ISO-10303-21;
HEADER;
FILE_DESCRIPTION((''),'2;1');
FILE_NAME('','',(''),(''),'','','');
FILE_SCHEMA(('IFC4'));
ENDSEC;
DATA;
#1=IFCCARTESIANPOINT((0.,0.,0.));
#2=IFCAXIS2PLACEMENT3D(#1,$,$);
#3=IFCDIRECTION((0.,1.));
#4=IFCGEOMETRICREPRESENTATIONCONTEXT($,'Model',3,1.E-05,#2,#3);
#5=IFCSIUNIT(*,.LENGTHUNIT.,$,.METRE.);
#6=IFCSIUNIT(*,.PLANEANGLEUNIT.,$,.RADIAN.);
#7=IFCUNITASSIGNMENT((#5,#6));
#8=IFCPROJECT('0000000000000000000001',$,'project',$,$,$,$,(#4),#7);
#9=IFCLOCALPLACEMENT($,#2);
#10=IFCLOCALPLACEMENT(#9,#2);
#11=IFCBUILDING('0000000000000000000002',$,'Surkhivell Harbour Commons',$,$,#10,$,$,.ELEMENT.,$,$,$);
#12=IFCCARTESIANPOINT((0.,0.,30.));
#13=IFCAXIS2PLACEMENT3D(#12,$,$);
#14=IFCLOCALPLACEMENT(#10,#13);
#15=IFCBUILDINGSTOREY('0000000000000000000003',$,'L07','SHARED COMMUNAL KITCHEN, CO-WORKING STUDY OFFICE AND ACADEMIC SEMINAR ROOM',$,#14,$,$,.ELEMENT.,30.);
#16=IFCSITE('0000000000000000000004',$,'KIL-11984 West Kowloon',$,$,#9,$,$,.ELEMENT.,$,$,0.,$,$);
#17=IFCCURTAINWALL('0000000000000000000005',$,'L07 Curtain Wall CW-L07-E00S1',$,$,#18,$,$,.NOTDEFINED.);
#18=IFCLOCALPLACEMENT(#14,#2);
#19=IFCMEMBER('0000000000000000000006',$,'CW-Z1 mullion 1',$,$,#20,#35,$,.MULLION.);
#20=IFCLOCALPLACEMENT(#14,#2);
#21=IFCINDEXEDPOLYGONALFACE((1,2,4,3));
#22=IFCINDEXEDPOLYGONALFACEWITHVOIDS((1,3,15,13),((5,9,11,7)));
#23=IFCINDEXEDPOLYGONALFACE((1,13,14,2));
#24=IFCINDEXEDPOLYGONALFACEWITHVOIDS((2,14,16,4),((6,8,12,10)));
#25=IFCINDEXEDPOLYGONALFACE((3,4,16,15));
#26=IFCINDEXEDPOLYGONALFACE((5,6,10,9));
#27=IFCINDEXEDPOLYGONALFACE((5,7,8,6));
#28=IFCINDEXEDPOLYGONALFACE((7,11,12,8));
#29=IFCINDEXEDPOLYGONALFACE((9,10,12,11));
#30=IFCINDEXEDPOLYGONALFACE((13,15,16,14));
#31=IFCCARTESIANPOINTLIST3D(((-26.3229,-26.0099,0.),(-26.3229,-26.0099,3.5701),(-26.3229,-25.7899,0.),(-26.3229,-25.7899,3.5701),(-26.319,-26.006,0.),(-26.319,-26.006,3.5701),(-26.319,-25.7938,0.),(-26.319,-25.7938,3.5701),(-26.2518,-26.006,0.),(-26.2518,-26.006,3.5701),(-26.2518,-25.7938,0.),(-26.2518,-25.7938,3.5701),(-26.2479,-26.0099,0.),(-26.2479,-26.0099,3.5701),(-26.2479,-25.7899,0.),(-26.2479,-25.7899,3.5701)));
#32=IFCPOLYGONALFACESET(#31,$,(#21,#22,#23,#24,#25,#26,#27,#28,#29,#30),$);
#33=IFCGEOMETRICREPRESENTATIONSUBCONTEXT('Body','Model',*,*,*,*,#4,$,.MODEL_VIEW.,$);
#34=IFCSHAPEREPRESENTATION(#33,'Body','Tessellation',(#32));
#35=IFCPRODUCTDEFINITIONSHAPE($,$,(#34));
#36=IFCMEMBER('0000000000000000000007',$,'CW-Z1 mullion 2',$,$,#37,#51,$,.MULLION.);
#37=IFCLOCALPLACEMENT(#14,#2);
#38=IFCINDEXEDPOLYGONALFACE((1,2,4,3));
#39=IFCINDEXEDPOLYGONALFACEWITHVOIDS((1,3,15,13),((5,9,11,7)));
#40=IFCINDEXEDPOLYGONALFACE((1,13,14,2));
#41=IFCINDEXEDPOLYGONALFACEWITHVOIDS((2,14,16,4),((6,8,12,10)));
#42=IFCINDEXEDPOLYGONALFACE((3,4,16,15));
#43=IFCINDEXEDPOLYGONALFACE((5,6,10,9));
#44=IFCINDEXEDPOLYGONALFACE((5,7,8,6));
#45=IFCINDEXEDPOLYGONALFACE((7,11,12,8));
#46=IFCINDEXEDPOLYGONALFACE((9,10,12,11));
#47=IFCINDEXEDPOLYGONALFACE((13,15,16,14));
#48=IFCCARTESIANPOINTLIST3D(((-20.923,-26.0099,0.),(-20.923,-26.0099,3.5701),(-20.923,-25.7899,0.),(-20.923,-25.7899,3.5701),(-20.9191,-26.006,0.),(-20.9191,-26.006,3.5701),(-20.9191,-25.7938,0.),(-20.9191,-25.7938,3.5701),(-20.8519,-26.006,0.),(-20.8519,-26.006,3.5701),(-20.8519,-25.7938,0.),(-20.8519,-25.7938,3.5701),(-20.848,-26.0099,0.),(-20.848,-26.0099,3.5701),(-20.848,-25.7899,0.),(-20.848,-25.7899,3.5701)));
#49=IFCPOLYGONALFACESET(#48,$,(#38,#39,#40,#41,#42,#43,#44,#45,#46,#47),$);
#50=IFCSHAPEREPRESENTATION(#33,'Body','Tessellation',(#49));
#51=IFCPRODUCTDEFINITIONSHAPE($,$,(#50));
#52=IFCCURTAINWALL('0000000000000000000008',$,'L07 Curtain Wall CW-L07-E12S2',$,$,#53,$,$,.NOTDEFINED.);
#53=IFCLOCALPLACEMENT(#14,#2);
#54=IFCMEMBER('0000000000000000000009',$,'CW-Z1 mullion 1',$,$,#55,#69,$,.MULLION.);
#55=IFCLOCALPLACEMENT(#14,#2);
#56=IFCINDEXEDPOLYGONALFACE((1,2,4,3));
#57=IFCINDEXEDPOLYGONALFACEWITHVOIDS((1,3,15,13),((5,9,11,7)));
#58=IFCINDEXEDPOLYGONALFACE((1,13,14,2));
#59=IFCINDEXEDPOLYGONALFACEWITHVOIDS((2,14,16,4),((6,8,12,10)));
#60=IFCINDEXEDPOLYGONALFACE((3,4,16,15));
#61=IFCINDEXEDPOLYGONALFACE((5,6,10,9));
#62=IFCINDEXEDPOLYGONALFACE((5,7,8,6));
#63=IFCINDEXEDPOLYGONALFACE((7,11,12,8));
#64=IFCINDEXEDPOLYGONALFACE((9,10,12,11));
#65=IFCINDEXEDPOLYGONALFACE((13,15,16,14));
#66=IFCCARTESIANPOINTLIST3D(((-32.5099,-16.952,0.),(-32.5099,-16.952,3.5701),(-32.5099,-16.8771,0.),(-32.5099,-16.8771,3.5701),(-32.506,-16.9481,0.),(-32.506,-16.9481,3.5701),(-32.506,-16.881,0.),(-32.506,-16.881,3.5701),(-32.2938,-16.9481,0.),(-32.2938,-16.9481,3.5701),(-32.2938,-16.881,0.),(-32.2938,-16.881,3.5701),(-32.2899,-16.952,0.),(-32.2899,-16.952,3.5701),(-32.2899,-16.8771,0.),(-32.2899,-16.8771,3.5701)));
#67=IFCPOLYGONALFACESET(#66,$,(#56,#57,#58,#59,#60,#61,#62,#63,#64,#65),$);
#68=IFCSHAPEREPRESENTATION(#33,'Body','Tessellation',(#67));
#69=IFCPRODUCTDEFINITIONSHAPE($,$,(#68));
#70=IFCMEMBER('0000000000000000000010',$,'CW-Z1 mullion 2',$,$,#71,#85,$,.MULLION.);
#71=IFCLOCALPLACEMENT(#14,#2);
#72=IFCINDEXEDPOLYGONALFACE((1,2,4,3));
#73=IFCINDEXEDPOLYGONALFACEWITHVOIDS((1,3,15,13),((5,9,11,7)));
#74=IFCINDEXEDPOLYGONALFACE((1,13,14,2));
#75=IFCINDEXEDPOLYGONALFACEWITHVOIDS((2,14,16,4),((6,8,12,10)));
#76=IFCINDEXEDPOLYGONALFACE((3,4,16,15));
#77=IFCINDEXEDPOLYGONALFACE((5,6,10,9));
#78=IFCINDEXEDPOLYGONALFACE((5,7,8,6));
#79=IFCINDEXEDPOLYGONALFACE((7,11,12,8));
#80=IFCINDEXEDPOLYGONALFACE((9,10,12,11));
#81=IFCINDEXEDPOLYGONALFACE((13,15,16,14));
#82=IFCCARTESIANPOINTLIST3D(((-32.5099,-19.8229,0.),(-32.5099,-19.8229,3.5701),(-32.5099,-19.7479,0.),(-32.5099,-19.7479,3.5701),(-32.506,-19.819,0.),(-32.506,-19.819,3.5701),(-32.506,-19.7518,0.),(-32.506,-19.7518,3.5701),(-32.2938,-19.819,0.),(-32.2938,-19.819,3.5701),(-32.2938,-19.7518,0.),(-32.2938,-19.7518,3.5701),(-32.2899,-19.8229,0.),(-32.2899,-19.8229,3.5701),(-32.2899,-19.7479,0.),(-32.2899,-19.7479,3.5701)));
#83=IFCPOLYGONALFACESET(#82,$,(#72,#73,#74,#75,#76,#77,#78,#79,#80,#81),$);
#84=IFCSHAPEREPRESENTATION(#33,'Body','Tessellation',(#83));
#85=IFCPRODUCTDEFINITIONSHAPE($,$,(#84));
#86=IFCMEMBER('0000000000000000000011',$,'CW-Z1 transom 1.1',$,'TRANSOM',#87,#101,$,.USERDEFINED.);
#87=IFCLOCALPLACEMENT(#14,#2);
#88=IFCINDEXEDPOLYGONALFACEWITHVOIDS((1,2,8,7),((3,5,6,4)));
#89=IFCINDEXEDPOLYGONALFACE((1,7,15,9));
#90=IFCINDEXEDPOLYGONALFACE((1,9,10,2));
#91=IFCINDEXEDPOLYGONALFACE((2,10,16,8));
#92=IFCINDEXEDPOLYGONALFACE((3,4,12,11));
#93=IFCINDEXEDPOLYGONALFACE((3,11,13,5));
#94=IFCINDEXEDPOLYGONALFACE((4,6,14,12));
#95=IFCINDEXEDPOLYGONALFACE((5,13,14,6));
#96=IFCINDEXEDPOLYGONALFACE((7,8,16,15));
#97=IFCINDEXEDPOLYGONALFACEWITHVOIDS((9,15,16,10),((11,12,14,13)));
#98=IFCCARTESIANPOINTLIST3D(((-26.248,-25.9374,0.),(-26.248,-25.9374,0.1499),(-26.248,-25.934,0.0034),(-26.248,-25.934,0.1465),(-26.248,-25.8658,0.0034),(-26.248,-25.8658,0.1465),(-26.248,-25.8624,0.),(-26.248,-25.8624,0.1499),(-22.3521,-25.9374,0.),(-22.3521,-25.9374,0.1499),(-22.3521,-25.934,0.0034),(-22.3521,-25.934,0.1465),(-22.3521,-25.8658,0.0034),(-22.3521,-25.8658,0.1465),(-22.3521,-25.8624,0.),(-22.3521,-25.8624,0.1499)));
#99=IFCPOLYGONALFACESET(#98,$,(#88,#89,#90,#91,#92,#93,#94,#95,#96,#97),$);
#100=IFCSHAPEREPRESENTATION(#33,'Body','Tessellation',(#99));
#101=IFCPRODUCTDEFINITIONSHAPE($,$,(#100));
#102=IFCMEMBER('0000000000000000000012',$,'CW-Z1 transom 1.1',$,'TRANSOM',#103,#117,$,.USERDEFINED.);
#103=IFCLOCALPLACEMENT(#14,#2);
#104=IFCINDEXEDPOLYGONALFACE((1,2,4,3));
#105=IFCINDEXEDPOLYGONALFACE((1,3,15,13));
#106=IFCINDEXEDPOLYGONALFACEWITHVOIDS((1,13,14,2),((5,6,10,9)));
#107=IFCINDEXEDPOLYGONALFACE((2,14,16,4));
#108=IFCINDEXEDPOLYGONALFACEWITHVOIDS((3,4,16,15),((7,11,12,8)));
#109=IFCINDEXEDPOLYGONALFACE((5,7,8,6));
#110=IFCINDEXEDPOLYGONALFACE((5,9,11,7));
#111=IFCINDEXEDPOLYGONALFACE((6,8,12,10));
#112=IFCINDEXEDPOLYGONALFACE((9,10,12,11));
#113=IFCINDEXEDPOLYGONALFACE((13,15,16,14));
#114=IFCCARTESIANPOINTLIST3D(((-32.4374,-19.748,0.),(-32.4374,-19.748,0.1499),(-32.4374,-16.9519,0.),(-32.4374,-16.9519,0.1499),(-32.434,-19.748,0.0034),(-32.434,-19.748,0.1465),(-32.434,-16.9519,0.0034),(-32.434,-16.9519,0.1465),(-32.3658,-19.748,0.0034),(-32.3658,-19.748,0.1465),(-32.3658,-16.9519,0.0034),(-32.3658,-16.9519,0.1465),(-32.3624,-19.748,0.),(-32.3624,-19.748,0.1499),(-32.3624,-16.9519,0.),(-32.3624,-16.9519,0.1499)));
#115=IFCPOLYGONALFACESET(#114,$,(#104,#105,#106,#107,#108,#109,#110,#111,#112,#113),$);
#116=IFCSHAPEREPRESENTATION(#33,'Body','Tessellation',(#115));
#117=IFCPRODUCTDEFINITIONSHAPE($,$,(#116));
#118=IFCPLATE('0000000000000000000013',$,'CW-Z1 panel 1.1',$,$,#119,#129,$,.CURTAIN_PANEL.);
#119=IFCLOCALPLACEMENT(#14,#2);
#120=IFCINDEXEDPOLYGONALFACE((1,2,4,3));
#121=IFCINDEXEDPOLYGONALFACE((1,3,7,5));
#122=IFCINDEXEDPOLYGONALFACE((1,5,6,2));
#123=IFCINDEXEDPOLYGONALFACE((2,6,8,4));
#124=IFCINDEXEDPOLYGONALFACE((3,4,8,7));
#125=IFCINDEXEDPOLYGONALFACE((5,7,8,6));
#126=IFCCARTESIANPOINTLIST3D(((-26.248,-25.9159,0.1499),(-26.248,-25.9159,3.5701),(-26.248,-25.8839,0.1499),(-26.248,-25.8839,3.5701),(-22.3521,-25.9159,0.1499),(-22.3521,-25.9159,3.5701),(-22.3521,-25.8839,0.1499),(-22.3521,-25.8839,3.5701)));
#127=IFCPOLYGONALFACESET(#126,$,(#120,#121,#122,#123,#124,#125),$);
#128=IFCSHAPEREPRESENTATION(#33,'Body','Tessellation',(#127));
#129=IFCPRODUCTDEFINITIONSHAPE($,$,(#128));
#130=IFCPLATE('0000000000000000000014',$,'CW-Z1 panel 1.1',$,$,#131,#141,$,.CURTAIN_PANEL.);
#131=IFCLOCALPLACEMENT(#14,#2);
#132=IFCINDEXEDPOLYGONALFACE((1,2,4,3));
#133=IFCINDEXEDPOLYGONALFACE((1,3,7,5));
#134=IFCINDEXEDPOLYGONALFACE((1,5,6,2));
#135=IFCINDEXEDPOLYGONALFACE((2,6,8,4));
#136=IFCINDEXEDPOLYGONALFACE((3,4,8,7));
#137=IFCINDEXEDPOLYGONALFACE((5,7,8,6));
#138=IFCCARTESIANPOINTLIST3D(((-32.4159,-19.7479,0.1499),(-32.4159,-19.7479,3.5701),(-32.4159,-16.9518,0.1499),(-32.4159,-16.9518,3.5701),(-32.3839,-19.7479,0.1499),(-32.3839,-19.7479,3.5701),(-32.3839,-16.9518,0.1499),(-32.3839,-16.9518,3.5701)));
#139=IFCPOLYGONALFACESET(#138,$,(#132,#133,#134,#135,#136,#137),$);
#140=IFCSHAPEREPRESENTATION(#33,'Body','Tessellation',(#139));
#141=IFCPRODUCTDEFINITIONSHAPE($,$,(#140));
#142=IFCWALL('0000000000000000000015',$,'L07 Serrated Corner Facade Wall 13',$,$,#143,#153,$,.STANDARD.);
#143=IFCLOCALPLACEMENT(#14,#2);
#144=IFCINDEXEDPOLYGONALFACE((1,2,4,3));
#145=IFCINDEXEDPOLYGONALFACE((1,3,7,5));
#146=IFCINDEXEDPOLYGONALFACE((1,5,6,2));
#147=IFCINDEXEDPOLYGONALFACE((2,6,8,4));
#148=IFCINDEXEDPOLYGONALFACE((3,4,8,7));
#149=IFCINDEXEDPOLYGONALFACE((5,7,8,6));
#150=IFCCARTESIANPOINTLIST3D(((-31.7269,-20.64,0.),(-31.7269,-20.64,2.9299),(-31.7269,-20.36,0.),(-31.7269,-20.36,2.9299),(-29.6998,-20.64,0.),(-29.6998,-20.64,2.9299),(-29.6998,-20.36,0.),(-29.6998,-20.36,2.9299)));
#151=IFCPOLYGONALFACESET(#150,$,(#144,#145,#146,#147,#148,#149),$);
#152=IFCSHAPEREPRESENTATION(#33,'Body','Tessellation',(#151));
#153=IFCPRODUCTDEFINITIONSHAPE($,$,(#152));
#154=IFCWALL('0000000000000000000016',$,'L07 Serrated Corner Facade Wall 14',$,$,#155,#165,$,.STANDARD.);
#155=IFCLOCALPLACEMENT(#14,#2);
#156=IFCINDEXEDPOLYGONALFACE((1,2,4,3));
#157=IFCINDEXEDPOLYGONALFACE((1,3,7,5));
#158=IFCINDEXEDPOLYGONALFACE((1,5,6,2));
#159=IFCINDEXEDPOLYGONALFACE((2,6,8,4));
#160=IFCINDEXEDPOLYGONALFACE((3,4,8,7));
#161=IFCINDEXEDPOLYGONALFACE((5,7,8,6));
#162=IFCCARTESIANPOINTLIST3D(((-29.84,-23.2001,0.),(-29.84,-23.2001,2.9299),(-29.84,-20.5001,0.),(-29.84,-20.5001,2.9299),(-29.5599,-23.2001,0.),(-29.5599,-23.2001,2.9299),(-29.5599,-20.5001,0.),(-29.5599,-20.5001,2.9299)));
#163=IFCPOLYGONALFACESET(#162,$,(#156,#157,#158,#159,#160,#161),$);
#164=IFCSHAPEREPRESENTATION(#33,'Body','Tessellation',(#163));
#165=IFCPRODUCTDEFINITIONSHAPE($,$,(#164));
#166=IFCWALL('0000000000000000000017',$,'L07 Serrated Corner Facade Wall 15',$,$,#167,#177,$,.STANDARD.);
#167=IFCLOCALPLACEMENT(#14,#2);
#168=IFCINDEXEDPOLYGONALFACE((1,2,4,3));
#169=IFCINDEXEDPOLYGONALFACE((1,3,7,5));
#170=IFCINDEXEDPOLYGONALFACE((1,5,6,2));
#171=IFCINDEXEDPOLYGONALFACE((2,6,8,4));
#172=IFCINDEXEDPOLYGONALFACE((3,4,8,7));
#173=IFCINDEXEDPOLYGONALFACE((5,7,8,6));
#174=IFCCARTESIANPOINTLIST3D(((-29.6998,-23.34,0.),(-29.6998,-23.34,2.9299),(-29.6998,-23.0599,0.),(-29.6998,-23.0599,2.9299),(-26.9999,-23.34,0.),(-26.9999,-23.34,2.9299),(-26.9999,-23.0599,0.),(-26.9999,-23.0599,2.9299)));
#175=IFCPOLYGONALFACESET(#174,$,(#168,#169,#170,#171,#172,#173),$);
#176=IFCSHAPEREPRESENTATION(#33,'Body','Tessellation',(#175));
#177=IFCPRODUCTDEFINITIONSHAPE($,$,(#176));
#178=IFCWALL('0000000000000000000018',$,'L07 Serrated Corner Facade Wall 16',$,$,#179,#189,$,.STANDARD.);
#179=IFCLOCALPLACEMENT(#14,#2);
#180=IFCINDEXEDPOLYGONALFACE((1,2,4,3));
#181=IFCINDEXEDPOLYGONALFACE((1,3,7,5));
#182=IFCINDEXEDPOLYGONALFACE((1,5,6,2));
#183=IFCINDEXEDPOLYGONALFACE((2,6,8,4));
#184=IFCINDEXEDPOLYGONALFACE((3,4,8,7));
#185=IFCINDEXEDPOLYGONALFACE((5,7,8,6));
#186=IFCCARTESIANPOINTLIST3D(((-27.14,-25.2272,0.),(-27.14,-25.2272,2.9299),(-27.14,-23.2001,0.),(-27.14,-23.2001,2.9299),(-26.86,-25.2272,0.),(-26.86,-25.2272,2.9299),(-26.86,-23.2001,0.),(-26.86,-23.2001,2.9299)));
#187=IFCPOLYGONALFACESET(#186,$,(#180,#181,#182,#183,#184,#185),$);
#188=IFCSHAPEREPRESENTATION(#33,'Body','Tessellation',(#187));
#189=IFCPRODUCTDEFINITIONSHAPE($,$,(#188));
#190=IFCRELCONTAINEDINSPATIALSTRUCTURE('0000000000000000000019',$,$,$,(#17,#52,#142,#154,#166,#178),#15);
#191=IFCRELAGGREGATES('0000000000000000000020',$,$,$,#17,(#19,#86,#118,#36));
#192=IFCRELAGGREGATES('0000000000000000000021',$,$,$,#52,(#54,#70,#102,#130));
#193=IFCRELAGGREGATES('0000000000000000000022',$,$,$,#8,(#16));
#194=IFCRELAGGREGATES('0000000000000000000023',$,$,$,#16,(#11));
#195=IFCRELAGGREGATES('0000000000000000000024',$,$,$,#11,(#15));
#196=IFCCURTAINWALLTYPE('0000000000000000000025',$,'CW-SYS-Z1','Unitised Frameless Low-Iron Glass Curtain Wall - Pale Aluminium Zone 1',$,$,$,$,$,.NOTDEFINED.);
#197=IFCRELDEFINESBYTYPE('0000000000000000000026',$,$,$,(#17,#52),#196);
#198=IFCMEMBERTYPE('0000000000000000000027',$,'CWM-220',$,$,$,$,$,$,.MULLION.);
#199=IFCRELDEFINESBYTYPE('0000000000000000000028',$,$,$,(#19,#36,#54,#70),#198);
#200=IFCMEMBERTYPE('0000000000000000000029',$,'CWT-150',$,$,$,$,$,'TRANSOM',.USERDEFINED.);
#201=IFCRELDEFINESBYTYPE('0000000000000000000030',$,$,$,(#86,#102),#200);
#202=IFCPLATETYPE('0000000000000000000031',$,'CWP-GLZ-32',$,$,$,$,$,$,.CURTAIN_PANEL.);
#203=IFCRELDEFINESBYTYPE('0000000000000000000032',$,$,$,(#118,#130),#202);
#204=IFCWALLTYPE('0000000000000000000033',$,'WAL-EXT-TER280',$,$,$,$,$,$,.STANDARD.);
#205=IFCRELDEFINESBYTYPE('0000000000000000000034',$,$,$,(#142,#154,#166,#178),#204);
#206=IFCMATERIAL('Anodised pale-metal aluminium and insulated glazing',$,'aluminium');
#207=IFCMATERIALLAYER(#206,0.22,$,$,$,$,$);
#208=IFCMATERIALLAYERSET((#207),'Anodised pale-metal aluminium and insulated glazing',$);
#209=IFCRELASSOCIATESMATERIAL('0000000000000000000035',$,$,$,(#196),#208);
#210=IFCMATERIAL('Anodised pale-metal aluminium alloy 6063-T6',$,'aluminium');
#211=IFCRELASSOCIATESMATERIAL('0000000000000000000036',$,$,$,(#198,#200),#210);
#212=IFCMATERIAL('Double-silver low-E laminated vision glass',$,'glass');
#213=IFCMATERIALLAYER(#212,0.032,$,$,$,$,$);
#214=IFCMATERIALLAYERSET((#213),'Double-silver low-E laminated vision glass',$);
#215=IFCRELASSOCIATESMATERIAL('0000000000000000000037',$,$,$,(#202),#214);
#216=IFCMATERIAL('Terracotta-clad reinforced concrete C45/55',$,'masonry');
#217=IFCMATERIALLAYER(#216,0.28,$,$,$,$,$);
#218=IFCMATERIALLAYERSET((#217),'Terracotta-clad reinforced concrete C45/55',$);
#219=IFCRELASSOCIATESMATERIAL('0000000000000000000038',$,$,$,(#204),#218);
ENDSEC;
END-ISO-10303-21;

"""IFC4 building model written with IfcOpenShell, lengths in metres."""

from ifc_helpers import new_model, si_unit, direction, frame, frame_2d, origin, origin_2d, place, context, subcontext, project, spatial, rectangle, hollow_rectangle, extrude, material, layer, layer_set, material_profile, profile_set, type_object, element, aggregate, save


model = new_model("IFC4")

# Units and contexts
model_context = context("Model", 3, precision=1e-05, world=origin(), true_north=direction((0.0, 1.0)))
body_context = subcontext(model_context, "Body", "Model", "MODEL_VIEW")
ifc_project = project(units=[si_unit("LENGTHUNIT", "METRE"), si_unit("PLANEANGLEUNIT", "RADIAN")], contexts=[model_context])

# Site, building, storey
site_placement = place(None, origin())
site = spatial("IfcSite", under=ifc_project, at=site_placement, Name="KIL-11984 West Kowloon", CompositionType="ELEMENT", RefElevation=0.0)
building_placement = place(site_placement, origin())
building = spatial("IfcBuilding", under=site, at=building_placement, Name="Surkhivell Harbour Commons", CompositionType="ELEMENT")
storey_placement = place(building_placement, frame((0.0, 0.0, 30.0)))
storey = spatial("IfcBuildingStorey", under=building, at=storey_placement, Name="L07", Description="SHARED COMMUNAL KITCHEN, CO-WORKING STUDY OFFICE AND ACADEMIC SEMINAR ROOM", CompositionType="ELEMENT", Elevation=30.0)

# Curtain walls, members
ifc_material_1 = material(Name="Anodised pale-metal aluminium and insulated glazing", Category="aluminium")
ifc_layer_1 = layer(ifc_material_1, 0.22)
ifc_layer_set_1 = layer_set([ifc_layer_1], Name="Anodised pale-metal aluminium and insulated glazing")
curtain_wall_type = type_object("IfcCurtainWallType", Name="CW-SYS-Z1", Description="Unitised Frameless Low-Iron Glass Curtain Wall - Pale Aluminium Zone 1", PredefinedType="NOTDEFINED", material=ifc_layer_set_1)
curtain_wall_1_placement = place(storey_placement, origin())
curtain_wall_1 = element("IfcCurtainWall", 1, at=curtain_wall_1_placement, inside=storey, type_object=curtain_wall_type, Name="L07 Curtain Wall CW-L07-E00S1", PredefinedType="NOTDEFINED")
ifc_material_2 = material(Name="Anodised pale-metal aluminium alloy 6063-T6", Category="aluminium")
ifc_material_profile_1 = material_profile(ifc_material_2, hollow_rectangle(XDim=0.075, YDim=0.22, WallThickness=0.0039, at=origin_2d()), Name="ALU-MULL-75x220")
ifc_profile_set_1 = profile_set([ifc_material_profile_1], Name="Anodised pale-metal aluminium alloy 6063-T6")
member_type_1 = type_object("IfcMemberType", Name="CWM-220", PredefinedType="MULLION", material=ifc_profile_set_1)
member_1_placement = place(storey_placement, frame((-26.2854, -25.8999, 0.0), z_axis=(0.0, 0.0, 1.0), x_axis=(1.0, 0.0, 0.0)))
member_1 = element("IfcMember", 2, at=member_1_placement, type_object=member_type_1, Name="CW-Z1 mullion 1", PredefinedType="MULLION", context=body_context, shape_type="SweptSolid", body=[
    extrude(hollow_rectangle(XDim=0.075, YDim=0.22, WallThickness=0.0039, at=origin_2d()), origin(), (0.0, 0.0, 1.0), 3.5701),
])
member_2_placement = place(storey_placement, frame((-20.8855, -25.8999, 0.0), z_axis=(0.0, 0.0, 1.0), x_axis=(1.0, 0.0, 0.0)))
member_2 = element("IfcMember", 3, at=member_2_placement, type_object=member_type_1, Name="CW-Z1 mullion 2", PredefinedType="MULLION", context=body_context, shape_type="SweptSolid", body=[
    extrude(hollow_rectangle(XDim=0.075, YDim=0.22, WallThickness=0.0039, at=origin_2d()), origin(), (0.0, 0.0, 1.0), 3.5701),
])
curtain_wall_2_placement = place(storey_placement, origin())
curtain_wall_2 = element("IfcCurtainWall", 4, at=curtain_wall_2_placement, inside=storey, type_object=curtain_wall_type, Name="L07 Curtain Wall CW-L07-E12S2", PredefinedType="NOTDEFINED")
member_3_placement = place(storey_placement, frame((-32.3999, -16.9146, 0.0), z_axis=(0.0, 0.0, 1.0), x_axis=(0.0, -1.0, 0.0)))
member_3 = element("IfcMember", 5, at=member_3_placement, type_object=member_type_1, Name="CW-Z1 mullion 1", PredefinedType="MULLION", context=body_context, shape_type="SweptSolid", body=[
    extrude(hollow_rectangle(XDim=0.075, YDim=0.22, WallThickness=0.0039, at=origin_2d()), origin(), (0.0, 0.0, 1.0), 3.5701),
])
member_4_placement = place(storey_placement, frame((-32.3999, -19.7854, 0.0), z_axis=(0.0, 0.0, 1.0), x_axis=(0.0, -1.0, 0.0)))
member_4 = element("IfcMember", 6, at=member_4_placement, type_object=member_type_1, Name="CW-Z1 mullion 2", PredefinedType="MULLION", context=body_context, shape_type="SweptSolid", body=[
    extrude(hollow_rectangle(XDim=0.075, YDim=0.22, WallThickness=0.0039, at=origin_2d()), origin(), (0.0, 0.0, 1.0), 3.5701),
])

# Members
ifc_material_profile_2 = material_profile(ifc_material_2, hollow_rectangle(XDim=0.075, YDim=0.1499, WallThickness=0.0034, at=origin_2d()), Name="ALU-TRAN-75x150")
ifc_profile_set_2 = profile_set([ifc_material_profile_2], Name="Anodised pale-metal aluminium alloy 6063-T6")
member_type_2 = type_object("IfcMemberType", Name="CWT-150", ElementType="TRANSOM", PredefinedType="USERDEFINED", material=ifc_profile_set_2)
member_5_placement = place(storey_placement, frame((-26.248, -25.8999, 0.075), z_axis=(1.0, 0.0, 0.0), x_axis=(0.0, 1.0, 0.0)))
member_5 = element("IfcMember", 7, at=member_5_placement, type_object=member_type_2, Name="CW-Z1 transom 1.1", ObjectType="TRANSOM", PredefinedType="USERDEFINED", context=body_context, shape_type="SweptSolid", body=[
    extrude(hollow_rectangle(XDim=0.075, YDim=0.1499, WallThickness=0.0034, at=origin_2d()), origin(), (0.0, 0.0, 1.0), 3.896),
])
member_6_placement = place(storey_placement, frame((-32.3999, -16.9519, 0.075), z_axis=(0.0, -1.0, 0.0), x_axis=(1.0, 0.0, 0.0)))
member_6 = element("IfcMember", 8, at=member_6_placement, type_object=member_type_2, Name="CW-Z1 transom 1.1", ObjectType="TRANSOM", PredefinedType="USERDEFINED", context=body_context, shape_type="SweptSolid", body=[
    extrude(hollow_rectangle(XDim=0.075, YDim=0.1499, WallThickness=0.0034, at=origin_2d()), origin(), (0.0, 0.0, 1.0), 2.7961),
])

# Plates
ifc_material_3 = material(Name="Double-silver low-E laminated vision glass", Category="glass")
ifc_layer_2 = layer(ifc_material_3, 0.032)
ifc_layer_set_2 = layer_set([ifc_layer_2], Name="Double-silver low-E laminated vision glass")
plate_type = type_object("IfcPlateType", Name="CWP-GLZ-32", PredefinedType="CURTAIN_PANEL", material=ifc_layer_set_2)
plate_1_placement = place(storey_placement, frame((-26.248, -25.8999, 0.1499), z_axis=(0.0, 0.0, 1.0), x_axis=(1.0, 0.0, 0.0)))
plate_1 = element("IfcPlate", 9, at=plate_1_placement, type_object=plate_type, Name="CW-Z1 panel 1.1", PredefinedType="CURTAIN_PANEL", context=body_context, shape_type="SweptSolid", body=[
    extrude(rectangle(XDim=3.896, YDim=0.032, at=frame_2d((1.948, 0.0))), origin(), (0.0, 0.0, 1.0), 3.4202),
])
aggregate(curtain_wall_1, [member_1, member_5, plate_1, member_2])
plate_2_placement = place(storey_placement, frame((-32.3999, -16.9519, 0.1499), z_axis=(0.0, 0.0, 1.0), x_axis=(0.0, -1.0, 0.0)))
plate_2 = element("IfcPlate", 10, at=plate_2_placement, type_object=plate_type, Name="CW-Z1 panel 1.1", PredefinedType="CURTAIN_PANEL", context=body_context, shape_type="SweptSolid", body=[
    extrude(rectangle(XDim=2.7961, YDim=0.032, at=frame_2d((1.3979, 0.0))), origin(), (0.0, 0.0, 1.0), 3.4202),
])
aggregate(curtain_wall_2, [member_3, member_4, member_6, plate_2])

# Walls
ifc_material_4 = material(Name="Terracotta-clad reinforced concrete C45/55", Category="masonry")
ifc_layer_3 = layer(ifc_material_4, 0.28)
ifc_layer_set_3 = layer_set([ifc_layer_3], Name="Terracotta-clad reinforced concrete C45/55")
wall_type = type_object("IfcWallType", Name="WAL-EXT-TER280", PredefinedType="STANDARD", material=ifc_layer_set_3)
wall_1_placement = place(storey_placement, frame((-31.7271, -20.5, 0.0), z_axis=(0.0, 0.0, 1.0), x_axis=(1.0, 0.0, 0.0)))
element("IfcWall", 11, at=wall_1_placement, inside=storey, type_object=wall_type, Name="L07 Serrated Corner Facade Wall 13", PredefinedType="STANDARD", context=body_context, shape_type="SweptSolid", body=[
    extrude(rectangle(XDim=2.0271, YDim=0.28, at=frame_2d((1.0137, 0.0))), origin(), (0.0, 0.0, 1.0), 2.9299),
])
for number, where, z_axis, x_axis, name in (
    (12, (-29.7, -20.5, 0.0), (0.0, 0.0, 1.0), (0.0, -1.0, 0.0), "L07 Serrated Corner Facade Wall 14"),
    (13, (-29.7, -23.2, 0.0), (0.0, 0.0, 1.0), (1.0, 0.0, 0.0), "L07 Serrated Corner Facade Wall 15"),
):
    element("IfcWall", number, at=place(storey_placement, frame(where, z_axis=z_axis, x_axis=x_axis)), inside=storey, type_object=wall_type, Name=name, PredefinedType="STANDARD", context=body_context, shape_type="SweptSolid", body=[
        extrude(rectangle(XDim=2.7, YDim=0.28, at=frame_2d((1.3501, 0.0))), origin(), (0.0, 0.0, 1.0), 2.9299),
    ])
wall_2_placement = place(storey_placement, frame((-27.0, -23.2, 0.0), z_axis=(0.0, 0.0, 1.0), x_axis=(0.0, -1.0, 0.0)))
element("IfcWall", 14, at=wall_2_placement, inside=storey, type_object=wall_type, Name="L07 Serrated Corner Facade Wall 16", PredefinedType="STANDARD", context=body_context, shape_type="SweptSolid", body=[
    extrude(rectangle(XDim=2.0271, YDim=0.28, at=frame_2d((1.0137, 0.0))), origin(), (0.0, 0.0, 1.0), 2.9299),
])

save(model, "model.ifc")
